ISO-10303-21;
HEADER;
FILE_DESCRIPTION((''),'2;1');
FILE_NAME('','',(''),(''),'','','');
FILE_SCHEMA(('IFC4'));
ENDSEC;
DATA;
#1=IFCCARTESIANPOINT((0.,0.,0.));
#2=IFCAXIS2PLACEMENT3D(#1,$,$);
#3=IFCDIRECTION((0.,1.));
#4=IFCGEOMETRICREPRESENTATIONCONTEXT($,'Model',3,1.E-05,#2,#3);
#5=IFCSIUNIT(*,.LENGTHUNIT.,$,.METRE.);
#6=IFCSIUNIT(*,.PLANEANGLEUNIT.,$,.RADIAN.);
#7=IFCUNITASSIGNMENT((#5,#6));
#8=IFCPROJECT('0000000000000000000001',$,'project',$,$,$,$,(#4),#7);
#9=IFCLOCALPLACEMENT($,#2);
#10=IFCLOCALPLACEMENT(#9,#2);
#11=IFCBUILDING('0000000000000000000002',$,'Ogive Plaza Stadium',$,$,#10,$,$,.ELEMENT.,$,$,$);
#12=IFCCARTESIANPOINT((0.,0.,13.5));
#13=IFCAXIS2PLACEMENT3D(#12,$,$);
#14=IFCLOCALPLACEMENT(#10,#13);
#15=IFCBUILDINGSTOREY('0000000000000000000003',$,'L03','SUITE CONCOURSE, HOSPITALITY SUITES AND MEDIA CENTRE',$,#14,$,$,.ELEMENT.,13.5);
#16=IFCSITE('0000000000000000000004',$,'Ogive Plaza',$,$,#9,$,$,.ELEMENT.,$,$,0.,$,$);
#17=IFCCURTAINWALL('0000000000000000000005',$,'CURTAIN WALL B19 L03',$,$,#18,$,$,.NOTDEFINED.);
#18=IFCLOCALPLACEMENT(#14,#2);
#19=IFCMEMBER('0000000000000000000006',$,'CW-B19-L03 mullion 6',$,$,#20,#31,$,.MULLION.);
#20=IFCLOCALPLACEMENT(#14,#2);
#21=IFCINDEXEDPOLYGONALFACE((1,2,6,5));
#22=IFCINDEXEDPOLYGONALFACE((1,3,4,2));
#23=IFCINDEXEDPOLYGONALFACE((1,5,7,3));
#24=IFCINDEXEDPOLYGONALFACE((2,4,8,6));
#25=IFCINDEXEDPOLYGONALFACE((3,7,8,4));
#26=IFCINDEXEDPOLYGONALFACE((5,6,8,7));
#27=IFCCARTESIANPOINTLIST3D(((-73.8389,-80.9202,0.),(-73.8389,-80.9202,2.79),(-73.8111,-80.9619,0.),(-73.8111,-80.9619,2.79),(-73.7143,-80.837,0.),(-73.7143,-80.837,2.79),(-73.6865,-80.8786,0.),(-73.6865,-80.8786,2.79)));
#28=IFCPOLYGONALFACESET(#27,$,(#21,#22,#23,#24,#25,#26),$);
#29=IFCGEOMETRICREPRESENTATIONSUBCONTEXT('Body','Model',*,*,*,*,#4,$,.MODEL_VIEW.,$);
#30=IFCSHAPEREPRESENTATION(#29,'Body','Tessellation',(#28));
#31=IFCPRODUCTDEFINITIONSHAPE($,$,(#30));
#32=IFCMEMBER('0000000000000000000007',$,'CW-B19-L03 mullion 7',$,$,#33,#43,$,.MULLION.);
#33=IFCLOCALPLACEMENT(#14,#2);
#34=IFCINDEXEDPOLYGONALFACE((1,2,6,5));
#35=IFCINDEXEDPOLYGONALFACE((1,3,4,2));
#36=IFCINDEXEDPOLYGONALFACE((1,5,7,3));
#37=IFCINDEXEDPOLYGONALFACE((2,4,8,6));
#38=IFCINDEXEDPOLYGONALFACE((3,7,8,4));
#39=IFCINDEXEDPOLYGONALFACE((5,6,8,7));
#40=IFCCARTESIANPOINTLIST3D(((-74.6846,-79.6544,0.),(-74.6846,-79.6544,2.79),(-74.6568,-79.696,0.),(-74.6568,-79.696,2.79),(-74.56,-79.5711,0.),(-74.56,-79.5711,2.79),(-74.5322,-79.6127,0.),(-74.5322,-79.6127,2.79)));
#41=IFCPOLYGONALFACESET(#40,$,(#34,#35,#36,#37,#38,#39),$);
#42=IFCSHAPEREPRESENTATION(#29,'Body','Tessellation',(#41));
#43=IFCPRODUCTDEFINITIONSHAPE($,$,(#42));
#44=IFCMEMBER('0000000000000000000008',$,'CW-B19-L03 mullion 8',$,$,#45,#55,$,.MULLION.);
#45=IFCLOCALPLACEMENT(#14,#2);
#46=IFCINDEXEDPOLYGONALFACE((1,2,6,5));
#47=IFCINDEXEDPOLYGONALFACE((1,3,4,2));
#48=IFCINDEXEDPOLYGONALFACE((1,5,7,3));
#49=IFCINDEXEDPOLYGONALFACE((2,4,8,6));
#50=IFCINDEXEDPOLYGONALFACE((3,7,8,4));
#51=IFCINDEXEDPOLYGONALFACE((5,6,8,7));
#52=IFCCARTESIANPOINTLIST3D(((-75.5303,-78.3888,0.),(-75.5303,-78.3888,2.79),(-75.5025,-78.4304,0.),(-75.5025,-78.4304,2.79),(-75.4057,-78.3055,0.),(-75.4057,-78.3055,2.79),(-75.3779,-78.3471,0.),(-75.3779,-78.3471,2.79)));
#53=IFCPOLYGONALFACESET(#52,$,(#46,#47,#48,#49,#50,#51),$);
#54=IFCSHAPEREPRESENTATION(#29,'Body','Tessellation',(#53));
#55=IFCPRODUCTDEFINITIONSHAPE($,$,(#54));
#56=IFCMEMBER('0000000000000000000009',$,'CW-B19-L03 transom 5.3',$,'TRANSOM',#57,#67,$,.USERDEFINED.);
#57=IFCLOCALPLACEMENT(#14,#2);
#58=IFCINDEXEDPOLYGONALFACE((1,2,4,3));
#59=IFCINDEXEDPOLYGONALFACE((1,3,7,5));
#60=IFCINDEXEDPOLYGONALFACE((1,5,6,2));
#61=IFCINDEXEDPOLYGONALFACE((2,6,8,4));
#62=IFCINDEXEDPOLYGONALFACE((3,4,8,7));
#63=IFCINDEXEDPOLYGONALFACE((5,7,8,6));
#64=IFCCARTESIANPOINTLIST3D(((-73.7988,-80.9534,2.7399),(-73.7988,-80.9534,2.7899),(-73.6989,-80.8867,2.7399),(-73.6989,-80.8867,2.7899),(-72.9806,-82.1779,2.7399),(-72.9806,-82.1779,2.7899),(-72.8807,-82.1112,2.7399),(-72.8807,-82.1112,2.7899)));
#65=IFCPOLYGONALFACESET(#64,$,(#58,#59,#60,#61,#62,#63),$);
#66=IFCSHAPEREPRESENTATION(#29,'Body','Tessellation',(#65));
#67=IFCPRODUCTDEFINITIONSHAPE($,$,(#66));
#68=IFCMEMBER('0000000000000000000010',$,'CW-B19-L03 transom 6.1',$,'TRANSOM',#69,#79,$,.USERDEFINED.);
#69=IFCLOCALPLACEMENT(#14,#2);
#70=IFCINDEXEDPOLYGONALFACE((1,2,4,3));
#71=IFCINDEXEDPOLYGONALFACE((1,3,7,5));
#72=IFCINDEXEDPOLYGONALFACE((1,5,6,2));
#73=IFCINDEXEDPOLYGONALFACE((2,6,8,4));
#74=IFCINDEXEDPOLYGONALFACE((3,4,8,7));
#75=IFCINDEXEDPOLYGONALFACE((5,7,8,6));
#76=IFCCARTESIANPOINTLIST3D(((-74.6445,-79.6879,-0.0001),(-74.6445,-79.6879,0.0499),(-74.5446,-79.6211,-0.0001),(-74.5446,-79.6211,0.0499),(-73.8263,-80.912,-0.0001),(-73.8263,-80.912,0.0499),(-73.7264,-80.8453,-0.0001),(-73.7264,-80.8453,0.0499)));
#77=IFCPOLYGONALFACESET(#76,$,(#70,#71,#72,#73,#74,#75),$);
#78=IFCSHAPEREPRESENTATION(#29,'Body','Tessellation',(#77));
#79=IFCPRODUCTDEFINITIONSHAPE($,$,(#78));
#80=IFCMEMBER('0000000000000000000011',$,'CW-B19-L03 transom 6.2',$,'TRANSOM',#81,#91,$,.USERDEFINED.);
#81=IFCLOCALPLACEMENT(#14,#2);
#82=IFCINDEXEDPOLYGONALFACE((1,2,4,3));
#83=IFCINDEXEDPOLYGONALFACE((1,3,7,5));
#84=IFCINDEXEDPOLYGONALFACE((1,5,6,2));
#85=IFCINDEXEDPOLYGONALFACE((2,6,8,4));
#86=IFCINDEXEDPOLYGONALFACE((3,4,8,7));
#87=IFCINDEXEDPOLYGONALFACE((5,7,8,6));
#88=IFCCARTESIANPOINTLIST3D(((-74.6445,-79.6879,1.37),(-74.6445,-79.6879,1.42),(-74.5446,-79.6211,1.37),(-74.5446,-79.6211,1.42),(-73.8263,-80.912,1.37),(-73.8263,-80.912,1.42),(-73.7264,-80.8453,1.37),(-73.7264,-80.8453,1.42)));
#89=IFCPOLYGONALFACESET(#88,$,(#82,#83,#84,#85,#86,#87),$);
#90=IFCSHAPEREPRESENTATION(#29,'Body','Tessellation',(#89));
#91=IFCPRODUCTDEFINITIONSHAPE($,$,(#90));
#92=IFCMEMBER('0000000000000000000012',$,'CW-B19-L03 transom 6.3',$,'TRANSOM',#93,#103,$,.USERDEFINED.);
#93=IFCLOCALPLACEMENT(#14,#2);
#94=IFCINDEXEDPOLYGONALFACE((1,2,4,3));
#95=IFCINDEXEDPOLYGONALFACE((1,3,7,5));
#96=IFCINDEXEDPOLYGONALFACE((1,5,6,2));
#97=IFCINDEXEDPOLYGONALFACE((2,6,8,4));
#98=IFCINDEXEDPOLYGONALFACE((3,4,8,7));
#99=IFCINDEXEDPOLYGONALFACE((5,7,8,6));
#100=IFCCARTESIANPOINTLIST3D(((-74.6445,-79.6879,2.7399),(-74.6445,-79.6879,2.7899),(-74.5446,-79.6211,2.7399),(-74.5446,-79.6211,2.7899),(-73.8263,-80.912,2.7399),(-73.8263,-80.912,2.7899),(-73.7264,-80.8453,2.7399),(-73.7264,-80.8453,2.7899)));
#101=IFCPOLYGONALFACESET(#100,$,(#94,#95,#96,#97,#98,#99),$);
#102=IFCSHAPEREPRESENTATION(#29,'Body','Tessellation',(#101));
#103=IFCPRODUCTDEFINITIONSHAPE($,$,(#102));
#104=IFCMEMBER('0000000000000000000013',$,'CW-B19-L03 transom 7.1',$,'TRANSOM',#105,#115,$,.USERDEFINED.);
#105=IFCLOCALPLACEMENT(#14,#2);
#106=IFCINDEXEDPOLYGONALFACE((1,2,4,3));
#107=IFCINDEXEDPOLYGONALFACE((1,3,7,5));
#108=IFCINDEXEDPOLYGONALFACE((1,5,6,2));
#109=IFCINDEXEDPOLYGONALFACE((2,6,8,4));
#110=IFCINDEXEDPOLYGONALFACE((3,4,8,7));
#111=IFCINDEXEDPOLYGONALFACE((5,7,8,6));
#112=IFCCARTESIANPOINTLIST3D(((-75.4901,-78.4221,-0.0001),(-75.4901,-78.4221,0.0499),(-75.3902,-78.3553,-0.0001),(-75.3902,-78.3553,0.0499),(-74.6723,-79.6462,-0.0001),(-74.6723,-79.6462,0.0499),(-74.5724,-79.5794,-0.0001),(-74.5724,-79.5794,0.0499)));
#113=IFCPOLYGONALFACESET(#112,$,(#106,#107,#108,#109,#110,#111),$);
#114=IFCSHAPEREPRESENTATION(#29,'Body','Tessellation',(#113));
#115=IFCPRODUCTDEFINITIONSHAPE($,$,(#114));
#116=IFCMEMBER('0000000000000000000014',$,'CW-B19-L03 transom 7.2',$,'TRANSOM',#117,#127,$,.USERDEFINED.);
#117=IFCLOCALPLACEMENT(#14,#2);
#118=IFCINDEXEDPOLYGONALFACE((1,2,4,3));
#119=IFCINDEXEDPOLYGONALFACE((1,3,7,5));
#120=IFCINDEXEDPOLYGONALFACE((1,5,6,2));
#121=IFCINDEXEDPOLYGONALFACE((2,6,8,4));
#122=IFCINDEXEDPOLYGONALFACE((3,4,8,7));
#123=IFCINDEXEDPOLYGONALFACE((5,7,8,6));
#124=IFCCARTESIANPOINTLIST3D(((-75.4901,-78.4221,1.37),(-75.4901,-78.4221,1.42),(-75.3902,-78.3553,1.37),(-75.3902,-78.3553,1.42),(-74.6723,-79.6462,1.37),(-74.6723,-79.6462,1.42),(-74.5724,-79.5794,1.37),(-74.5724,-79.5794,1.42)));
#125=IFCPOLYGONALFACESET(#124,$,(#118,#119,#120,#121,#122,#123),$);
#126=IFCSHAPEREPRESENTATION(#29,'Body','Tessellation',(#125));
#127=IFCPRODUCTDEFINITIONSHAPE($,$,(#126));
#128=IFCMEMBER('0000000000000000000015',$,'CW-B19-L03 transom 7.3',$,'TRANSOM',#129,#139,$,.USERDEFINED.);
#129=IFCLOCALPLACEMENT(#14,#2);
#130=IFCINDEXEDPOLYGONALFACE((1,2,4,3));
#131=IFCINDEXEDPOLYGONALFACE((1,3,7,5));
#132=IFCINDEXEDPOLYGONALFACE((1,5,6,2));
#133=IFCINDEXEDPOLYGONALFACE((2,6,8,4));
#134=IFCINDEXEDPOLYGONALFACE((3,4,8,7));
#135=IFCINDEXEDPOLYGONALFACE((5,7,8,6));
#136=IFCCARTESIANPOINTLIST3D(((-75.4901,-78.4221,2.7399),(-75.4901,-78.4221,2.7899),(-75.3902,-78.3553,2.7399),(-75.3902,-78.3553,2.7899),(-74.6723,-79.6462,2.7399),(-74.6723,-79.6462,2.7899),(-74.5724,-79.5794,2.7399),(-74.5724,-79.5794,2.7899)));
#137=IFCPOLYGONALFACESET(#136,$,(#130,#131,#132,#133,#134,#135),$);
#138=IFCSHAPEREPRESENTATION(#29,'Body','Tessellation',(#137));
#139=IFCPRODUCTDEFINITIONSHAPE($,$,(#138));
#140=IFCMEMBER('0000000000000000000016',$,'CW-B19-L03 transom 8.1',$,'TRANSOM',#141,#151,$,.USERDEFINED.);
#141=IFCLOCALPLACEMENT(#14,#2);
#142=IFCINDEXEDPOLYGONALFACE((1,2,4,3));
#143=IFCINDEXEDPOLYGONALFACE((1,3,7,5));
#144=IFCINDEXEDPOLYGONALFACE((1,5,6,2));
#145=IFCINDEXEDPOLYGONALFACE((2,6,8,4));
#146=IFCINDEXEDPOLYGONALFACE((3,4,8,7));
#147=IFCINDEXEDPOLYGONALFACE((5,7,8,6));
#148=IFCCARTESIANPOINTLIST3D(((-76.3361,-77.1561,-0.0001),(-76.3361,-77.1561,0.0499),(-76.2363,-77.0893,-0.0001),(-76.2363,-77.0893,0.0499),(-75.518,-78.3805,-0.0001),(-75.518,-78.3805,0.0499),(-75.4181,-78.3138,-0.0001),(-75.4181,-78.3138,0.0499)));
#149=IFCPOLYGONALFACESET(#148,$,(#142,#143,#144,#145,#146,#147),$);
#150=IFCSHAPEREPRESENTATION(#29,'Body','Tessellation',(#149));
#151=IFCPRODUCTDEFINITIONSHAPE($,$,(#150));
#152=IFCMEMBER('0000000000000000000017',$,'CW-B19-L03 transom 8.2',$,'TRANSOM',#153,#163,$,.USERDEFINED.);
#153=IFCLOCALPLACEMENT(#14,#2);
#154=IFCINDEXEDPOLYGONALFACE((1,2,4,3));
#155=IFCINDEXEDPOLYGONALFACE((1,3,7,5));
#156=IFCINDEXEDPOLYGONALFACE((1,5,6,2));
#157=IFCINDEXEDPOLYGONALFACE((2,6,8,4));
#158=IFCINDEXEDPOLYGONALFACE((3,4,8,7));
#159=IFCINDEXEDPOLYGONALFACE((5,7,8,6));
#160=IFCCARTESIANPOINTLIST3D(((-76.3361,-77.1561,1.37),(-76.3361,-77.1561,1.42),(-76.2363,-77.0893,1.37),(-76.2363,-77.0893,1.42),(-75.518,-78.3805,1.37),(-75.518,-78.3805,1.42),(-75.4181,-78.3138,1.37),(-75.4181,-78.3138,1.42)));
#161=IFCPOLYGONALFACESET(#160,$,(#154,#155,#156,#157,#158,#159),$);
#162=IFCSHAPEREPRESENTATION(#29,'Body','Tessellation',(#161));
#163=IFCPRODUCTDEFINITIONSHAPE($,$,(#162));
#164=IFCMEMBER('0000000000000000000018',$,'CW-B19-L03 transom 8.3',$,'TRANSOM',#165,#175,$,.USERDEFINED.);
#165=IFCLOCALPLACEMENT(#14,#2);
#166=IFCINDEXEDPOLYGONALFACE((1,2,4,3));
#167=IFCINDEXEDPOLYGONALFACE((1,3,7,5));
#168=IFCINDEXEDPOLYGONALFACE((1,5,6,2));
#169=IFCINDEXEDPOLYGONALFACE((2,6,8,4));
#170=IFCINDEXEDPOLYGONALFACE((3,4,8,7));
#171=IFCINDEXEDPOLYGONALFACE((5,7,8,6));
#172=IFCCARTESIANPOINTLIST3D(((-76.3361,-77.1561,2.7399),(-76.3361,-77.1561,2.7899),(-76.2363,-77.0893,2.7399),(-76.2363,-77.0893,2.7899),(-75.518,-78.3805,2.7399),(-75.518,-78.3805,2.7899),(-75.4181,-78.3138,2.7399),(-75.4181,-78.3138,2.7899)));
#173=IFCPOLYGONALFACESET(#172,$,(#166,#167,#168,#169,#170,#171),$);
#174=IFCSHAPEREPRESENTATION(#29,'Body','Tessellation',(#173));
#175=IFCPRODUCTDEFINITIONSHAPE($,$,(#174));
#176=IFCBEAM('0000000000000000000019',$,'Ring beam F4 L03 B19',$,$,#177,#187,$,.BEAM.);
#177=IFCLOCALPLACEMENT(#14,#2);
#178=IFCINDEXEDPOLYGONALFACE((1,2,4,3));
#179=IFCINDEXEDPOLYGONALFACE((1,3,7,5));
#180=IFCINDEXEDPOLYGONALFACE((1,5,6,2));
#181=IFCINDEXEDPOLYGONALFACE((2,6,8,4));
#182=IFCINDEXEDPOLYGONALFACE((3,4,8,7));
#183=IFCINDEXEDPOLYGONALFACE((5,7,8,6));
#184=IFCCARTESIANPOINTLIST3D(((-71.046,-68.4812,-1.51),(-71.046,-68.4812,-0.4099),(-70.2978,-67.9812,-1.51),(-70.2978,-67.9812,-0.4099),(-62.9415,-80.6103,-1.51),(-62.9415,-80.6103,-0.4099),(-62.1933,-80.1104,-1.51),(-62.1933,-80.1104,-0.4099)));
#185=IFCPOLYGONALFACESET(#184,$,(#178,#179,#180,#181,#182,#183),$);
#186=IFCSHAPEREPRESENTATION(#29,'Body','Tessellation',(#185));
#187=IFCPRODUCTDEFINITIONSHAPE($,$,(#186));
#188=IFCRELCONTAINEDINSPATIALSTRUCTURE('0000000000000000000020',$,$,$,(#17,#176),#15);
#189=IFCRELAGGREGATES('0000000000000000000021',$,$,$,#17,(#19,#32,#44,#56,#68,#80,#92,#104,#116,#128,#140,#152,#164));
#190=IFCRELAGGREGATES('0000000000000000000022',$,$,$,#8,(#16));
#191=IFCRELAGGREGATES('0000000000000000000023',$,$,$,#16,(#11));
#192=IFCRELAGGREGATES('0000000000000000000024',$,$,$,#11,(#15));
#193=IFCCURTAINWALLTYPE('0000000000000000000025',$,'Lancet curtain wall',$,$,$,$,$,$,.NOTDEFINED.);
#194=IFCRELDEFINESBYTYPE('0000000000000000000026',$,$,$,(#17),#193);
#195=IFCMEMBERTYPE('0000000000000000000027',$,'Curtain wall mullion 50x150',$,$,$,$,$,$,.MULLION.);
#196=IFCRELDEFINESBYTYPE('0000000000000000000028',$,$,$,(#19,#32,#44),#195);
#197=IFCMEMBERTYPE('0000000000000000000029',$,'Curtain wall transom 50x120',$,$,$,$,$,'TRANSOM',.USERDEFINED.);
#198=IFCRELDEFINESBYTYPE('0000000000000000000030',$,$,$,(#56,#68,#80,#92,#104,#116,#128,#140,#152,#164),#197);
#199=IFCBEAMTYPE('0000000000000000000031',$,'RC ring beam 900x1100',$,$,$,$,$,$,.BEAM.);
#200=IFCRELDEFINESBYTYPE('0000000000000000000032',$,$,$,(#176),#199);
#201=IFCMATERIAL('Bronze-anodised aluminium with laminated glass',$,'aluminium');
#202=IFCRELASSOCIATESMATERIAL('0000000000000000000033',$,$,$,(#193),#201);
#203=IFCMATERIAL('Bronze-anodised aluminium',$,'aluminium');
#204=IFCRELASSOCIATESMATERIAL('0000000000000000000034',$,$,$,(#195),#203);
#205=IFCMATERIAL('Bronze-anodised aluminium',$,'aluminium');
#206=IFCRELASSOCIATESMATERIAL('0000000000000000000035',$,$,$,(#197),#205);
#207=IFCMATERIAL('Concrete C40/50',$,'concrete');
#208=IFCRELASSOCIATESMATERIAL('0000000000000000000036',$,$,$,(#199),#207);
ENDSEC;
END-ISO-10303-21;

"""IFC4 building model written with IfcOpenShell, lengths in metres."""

from ifc_helpers import new_model, si_unit, direction, frame, origin, origin_2d, place, context, subcontext, project, spatial, rectangle, extrude, material, material_profile, profile_set, type_object, element, aggregate, save


model = new_model("IFC4")

# Units and contexts
model_context = context("Model", 3, precision=1e-05, world=origin(), true_north=direction((0.0, 1.0)))
body_context = subcontext(model_context, "Body", "Model", "MODEL_VIEW")
ifc_project = project(units=[si_unit("LENGTHUNIT", "METRE"), si_unit("PLANEANGLEUNIT", "RADIAN")], contexts=[model_context])

# Site, building, storey
site_placement = place(None, origin())
site = spatial("IfcSite", under=ifc_project, at=site_placement, Name="Ogive Plaza", CompositionType="ELEMENT", RefElevation=0.0)
building_placement = place(site_placement, origin())
building = spatial("IfcBuilding", under=site, at=building_placement, Name="Ogive Plaza Stadium", CompositionType="ELEMENT")
storey_placement = place(building_placement, frame((0.0, 0.0, 13.5)))
storey = spatial("IfcBuildingStorey", under=building, at=storey_placement, Name="L03", Description="SUITE CONCOURSE, HOSPITALITY SUITES AND MEDIA CENTRE", CompositionType="ELEMENT", Elevation=13.5)

# Curtain wall, members
ifc_material_1 = material(Name="Bronze-anodised aluminium with laminated glass", Category="aluminium")
curtain_wall_type = type_object("IfcCurtainWallType", Name="Lancet curtain wall", PredefinedType="NOTDEFINED", material=ifc_material_1)
curtain_wall_placement = place(storey_placement, origin())
curtain_wall = element("IfcCurtainWall", 1, at=curtain_wall_placement, inside=storey, type_object=curtain_wall_type, Name="CURTAIN WALL B19 L03", PredefinedType="NOTDEFINED")
ifc_material_2 = material(Name="Bronze-anodised aluminium", Category="aluminium")
ifc_material_profile_1 = material_profile(ifc_material_2, rectangle(XDim=0.1499, YDim=0.05, at=origin_2d()), Name="AL 150x50")
ifc_profile_set_1 = profile_set([ifc_material_profile_1], Name="Bronze-anodised aluminium")
member_type_1 = type_object("IfcMemberType", Name="Curtain wall mullion 50x150", PredefinedType="MULLION", material=ifc_profile_set_1)
member_1_placement = place(storey_placement, frame((-73.7627, -80.8994, 0.0), z_axis=(0.0, 0.0, 1.0), x_axis=(-0.83147, -0.55557, 0.0)))
member_1 = element("IfcMember", 2, at=member_1_placement, type_object=member_type_1, Name="CW-B19-L03 mullion 6", PredefinedType="MULLION", context=body_context, shape_type="SweptSolid", body=[
    extrude(rectangle(XDim=0.1499, YDim=0.05, at=origin_2d()), origin(), (0.0, 0.0, 1.0), 2.79),
])
member_2_placement = place(storey_placement, frame((-74.6084, -79.6335, 0.0), z_axis=(0.0, 0.0, 1.0), x_axis=(-0.83147, -0.55557, 0.0)))
member_2 = element("IfcMember", 3, at=member_2_placement, type_object=member_type_1, Name="CW-B19-L03 mullion 7", PredefinedType="MULLION", context=body_context, shape_type="SweptSolid", body=[
    extrude(rectangle(XDim=0.1499, YDim=0.05, at=origin_2d()), origin(), (0.0, 0.0, 1.0), 2.79),
])
member_3_placement = place(storey_placement, frame((-75.4541, -78.3679, 0.0), z_axis=(0.0, 0.0, 1.0), x_axis=(-0.83147, -0.55557, 0.0)))
member_3 = element("IfcMember", 4, at=member_3_placement, type_object=member_type_1, Name="CW-B19-L03 mullion 8", PredefinedType="MULLION", context=body_context, shape_type="SweptSolid", body=[
    extrude(rectangle(XDim=0.1499, YDim=0.05, at=origin_2d()), origin(), (0.0, 0.0, 1.0), 2.79),
])
ifc_material_3 = material(Name="Bronze-anodised aluminium", Category="aluminium")
ifc_material_profile_2 = material_profile(ifc_material_3, rectangle(XDim=0.1201, YDim=0.05, at=origin_2d()), Name="AL 120x50")
ifc_profile_set_2 = profile_set([ifc_material_profile_2], Name="Bronze-anodised aluminium")
member_type_2 = type_object("IfcMemberType", Name="Curtain wall transom 50x120", ElementType="TRANSOM", PredefinedType="USERDEFINED", material=ifc_profile_set_2)
member_4_placement = place(storey_placement, frame((-72.9307, -82.1445, 2.7649), z_axis=(-0.55558, 0.831463, 0.0), x_axis=(-0.831463, -0.55558, 0.0)))
member_4 = element("IfcMember", 5, at=member_4_placement, type_object=member_type_2, Name="CW-B19-L03 transom 5.3", ObjectType="TRANSOM", PredefinedType="USERDEFINED", context=body_context, shape_type="SweptSolid", body=[
    extrude(rectangle(XDim=0.1201, YDim=0.05, at=origin_2d()), origin(), (0.0, 0.0, 1.0), 1.4727),
])
member_5_placement = place(storey_placement, frame((-73.7764, -80.8787, 0.0249), z_axis=(-0.555656, 0.831412, 0.0), x_axis=(-0.831412, -0.555656, 0.0)))
member_5 = element("IfcMember", 6, at=member_5_placement, type_object=member_type_2, Name="CW-B19-L03 transom 6.1", ObjectType="TRANSOM", PredefinedType="USERDEFINED", context=body_context, shape_type="SweptSolid", body=[
    extrude(rectangle(XDim=0.1201, YDim=0.05, at=origin_2d()), origin(), (0.0, 0.0, 1.0), 1.4724),
])
member_6_placement = place(storey_placement, frame((-73.7764, -80.8787, 1.395), z_axis=(-0.555656, 0.831412, 0.0), x_axis=(-0.831412, -0.555656, 0.0)))
member_6 = element("IfcMember", 7, at=member_6_placement, type_object=member_type_2, Name="CW-B19-L03 transom 6.2", ObjectType="TRANSOM", PredefinedType="USERDEFINED", context=body_context, shape_type="SweptSolid", body=[
    extrude(rectangle(XDim=0.1201, YDim=0.05, at=origin_2d()), origin(), (0.0, 0.0, 1.0), 1.4724),
])
member_7_placement = place(storey_placement, frame((-73.7764, -80.8787, 2.7649), z_axis=(-0.555656, 0.831412, 0.0), x_axis=(-0.831412, -0.555656, 0.0)))
member_7 = element("IfcMember", 8, at=member_7_placement, type_object=member_type_2, Name="CW-B19-L03 transom 6.3", ObjectType="TRANSOM", PredefinedType="USERDEFINED", context=body_context, shape_type="SweptSolid", body=[
    extrude(rectangle(XDim=0.1201, YDim=0.05, at=origin_2d()), origin(), (0.0, 0.0, 1.0), 1.4724),
])
member_8_placement = place(storey_placement, frame((-74.6223, -79.6128, 0.0249), z_axis=(-0.555542, 0.831489, 0.0), x_axis=(-0.831489, -0.555542, 0.0)))
member_8 = element("IfcMember", 9, at=member_8_placement, type_object=member_type_2, Name="CW-B19-L03 transom 7.1", ObjectType="TRANSOM", PredefinedType="USERDEFINED", context=body_context, shape_type="SweptSolid", body=[
    extrude(rectangle(XDim=0.1201, YDim=0.05, at=origin_2d()), origin(), (0.0, 0.0, 1.0), 1.4722),
])
member_9_placement = place(storey_placement, frame((-74.6223, -79.6128, 1.395), z_axis=(-0.555542, 0.831489, 0.0), x_axis=(-0.831489, -0.555542, 0.0)))
member_9 = element("IfcMember", 10, at=member_9_placement, type_object=member_type_2, Name="CW-B19-L03 transom 7.2", ObjectType="TRANSOM", PredefinedType="USERDEFINED", context=body_context, shape_type="SweptSolid", body=[
    extrude(rectangle(XDim=0.1201, YDim=0.05, at=origin_2d()), origin(), (0.0, 0.0, 1.0), 1.4722),
])
member_10_placement = place(storey_placement, frame((-74.6223, -79.6128, 2.7649), z_axis=(-0.555542, 0.831489, 0.0), x_axis=(-0.831489, -0.555542, 0.0)))
member_10 = element("IfcMember", 11, at=member_10_placement, type_object=member_type_2, Name="CW-B19-L03 transom 7.3", ObjectType="TRANSOM", PredefinedType="USERDEFINED", context=body_context, shape_type="SweptSolid", body=[
    extrude(rectangle(XDim=0.1201, YDim=0.05, at=origin_2d()), origin(), (0.0, 0.0, 1.0), 1.4722),
])
member_11_placement = place(storey_placement, frame((-75.468, -78.3472, 0.0249), z_axis=(-0.55558, 0.831463, 0.0), x_axis=(-0.831463, -0.55558, 0.0)))
member_11 = element("IfcMember", 12, at=member_11_placement, type_object=member_type_2, Name="CW-B19-L03 transom 8.1", ObjectType="TRANSOM", PredefinedType="USERDEFINED", context=body_context, shape_type="SweptSolid", body=[
    extrude(rectangle(XDim=0.1201, YDim=0.05, at=origin_2d()), origin(), (0.0, 0.0, 1.0), 1.4727),
])
member_12_placement = place(storey_placement, frame((-75.468, -78.3472, 1.395), z_axis=(-0.55558, 0.831463, 0.0), x_axis=(-0.831463, -0.55558, 0.0)))
member_12 = element("IfcMember", 13, at=member_12_placement, type_object=member_type_2, Name="CW-B19-L03 transom 8.2", ObjectType="TRANSOM", PredefinedType="USERDEFINED", context=body_context, shape_type="SweptSolid", body=[
    extrude(rectangle(XDim=0.1201, YDim=0.05, at=origin_2d()), origin(), (0.0, 0.0, 1.0), 1.4727),
])
member_13_placement = place(storey_placement, frame((-75.468, -78.3472, 2.7649), z_axis=(-0.55558, 0.831463, 0.0), x_axis=(-0.831463, -0.55558, 0.0)))
member_13 = element("IfcMember", 14, at=member_13_placement, type_object=member_type_2, Name="CW-B19-L03 transom 8.3", ObjectType="TRANSOM", PredefinedType="USERDEFINED", context=body_context, shape_type="SweptSolid", body=[
    extrude(rectangle(XDim=0.1201, YDim=0.05, at=origin_2d()), origin(), (0.0, 0.0, 1.0), 1.4727),
])

# Beam
ifc_material_4 = material(Name="Concrete C40/50", Category="concrete")
ifc_material_profile_3 = material_profile(ifc_material_4, rectangle(XDim=0.8999, YDim=1.1001, at=origin_2d()), Name="RC 900x1100")
ifc_profile_set_3 = profile_set([ifc_material_profile_3], Name="Concrete C40/50")
beam_type = type_object("IfcBeamType", Name="RC ring beam 900x1100", PredefinedType="BEAM", material=ifc_profile_set_3)
beam_placement = place(storey_placement, frame((-62.5674, -80.3604, -0.96), z_axis=(-0.555573, 0.831468, 0.0), x_axis=(-0.831468, -0.555573, 0.0)))
element("IfcBeam", 15, at=beam_placement, inside=storey, type_object=beam_type, Name="Ring beam F4 L03 B19", PredefinedType="BEAM", context=body_context, shape_type="SweptSolid", body=[
    extrude(rectangle(XDim=0.8999, YDim=1.1001, at=origin_2d()), origin(), (0.0, 0.0, 1.0), 14.5876),
])

aggregate(curtain_wall, [member_1, member_2, member_3, member_4, member_5, member_6, member_7, member_8, member_9, member_10, member_11, member_12, member_13])

save(model, "model.ifc")
